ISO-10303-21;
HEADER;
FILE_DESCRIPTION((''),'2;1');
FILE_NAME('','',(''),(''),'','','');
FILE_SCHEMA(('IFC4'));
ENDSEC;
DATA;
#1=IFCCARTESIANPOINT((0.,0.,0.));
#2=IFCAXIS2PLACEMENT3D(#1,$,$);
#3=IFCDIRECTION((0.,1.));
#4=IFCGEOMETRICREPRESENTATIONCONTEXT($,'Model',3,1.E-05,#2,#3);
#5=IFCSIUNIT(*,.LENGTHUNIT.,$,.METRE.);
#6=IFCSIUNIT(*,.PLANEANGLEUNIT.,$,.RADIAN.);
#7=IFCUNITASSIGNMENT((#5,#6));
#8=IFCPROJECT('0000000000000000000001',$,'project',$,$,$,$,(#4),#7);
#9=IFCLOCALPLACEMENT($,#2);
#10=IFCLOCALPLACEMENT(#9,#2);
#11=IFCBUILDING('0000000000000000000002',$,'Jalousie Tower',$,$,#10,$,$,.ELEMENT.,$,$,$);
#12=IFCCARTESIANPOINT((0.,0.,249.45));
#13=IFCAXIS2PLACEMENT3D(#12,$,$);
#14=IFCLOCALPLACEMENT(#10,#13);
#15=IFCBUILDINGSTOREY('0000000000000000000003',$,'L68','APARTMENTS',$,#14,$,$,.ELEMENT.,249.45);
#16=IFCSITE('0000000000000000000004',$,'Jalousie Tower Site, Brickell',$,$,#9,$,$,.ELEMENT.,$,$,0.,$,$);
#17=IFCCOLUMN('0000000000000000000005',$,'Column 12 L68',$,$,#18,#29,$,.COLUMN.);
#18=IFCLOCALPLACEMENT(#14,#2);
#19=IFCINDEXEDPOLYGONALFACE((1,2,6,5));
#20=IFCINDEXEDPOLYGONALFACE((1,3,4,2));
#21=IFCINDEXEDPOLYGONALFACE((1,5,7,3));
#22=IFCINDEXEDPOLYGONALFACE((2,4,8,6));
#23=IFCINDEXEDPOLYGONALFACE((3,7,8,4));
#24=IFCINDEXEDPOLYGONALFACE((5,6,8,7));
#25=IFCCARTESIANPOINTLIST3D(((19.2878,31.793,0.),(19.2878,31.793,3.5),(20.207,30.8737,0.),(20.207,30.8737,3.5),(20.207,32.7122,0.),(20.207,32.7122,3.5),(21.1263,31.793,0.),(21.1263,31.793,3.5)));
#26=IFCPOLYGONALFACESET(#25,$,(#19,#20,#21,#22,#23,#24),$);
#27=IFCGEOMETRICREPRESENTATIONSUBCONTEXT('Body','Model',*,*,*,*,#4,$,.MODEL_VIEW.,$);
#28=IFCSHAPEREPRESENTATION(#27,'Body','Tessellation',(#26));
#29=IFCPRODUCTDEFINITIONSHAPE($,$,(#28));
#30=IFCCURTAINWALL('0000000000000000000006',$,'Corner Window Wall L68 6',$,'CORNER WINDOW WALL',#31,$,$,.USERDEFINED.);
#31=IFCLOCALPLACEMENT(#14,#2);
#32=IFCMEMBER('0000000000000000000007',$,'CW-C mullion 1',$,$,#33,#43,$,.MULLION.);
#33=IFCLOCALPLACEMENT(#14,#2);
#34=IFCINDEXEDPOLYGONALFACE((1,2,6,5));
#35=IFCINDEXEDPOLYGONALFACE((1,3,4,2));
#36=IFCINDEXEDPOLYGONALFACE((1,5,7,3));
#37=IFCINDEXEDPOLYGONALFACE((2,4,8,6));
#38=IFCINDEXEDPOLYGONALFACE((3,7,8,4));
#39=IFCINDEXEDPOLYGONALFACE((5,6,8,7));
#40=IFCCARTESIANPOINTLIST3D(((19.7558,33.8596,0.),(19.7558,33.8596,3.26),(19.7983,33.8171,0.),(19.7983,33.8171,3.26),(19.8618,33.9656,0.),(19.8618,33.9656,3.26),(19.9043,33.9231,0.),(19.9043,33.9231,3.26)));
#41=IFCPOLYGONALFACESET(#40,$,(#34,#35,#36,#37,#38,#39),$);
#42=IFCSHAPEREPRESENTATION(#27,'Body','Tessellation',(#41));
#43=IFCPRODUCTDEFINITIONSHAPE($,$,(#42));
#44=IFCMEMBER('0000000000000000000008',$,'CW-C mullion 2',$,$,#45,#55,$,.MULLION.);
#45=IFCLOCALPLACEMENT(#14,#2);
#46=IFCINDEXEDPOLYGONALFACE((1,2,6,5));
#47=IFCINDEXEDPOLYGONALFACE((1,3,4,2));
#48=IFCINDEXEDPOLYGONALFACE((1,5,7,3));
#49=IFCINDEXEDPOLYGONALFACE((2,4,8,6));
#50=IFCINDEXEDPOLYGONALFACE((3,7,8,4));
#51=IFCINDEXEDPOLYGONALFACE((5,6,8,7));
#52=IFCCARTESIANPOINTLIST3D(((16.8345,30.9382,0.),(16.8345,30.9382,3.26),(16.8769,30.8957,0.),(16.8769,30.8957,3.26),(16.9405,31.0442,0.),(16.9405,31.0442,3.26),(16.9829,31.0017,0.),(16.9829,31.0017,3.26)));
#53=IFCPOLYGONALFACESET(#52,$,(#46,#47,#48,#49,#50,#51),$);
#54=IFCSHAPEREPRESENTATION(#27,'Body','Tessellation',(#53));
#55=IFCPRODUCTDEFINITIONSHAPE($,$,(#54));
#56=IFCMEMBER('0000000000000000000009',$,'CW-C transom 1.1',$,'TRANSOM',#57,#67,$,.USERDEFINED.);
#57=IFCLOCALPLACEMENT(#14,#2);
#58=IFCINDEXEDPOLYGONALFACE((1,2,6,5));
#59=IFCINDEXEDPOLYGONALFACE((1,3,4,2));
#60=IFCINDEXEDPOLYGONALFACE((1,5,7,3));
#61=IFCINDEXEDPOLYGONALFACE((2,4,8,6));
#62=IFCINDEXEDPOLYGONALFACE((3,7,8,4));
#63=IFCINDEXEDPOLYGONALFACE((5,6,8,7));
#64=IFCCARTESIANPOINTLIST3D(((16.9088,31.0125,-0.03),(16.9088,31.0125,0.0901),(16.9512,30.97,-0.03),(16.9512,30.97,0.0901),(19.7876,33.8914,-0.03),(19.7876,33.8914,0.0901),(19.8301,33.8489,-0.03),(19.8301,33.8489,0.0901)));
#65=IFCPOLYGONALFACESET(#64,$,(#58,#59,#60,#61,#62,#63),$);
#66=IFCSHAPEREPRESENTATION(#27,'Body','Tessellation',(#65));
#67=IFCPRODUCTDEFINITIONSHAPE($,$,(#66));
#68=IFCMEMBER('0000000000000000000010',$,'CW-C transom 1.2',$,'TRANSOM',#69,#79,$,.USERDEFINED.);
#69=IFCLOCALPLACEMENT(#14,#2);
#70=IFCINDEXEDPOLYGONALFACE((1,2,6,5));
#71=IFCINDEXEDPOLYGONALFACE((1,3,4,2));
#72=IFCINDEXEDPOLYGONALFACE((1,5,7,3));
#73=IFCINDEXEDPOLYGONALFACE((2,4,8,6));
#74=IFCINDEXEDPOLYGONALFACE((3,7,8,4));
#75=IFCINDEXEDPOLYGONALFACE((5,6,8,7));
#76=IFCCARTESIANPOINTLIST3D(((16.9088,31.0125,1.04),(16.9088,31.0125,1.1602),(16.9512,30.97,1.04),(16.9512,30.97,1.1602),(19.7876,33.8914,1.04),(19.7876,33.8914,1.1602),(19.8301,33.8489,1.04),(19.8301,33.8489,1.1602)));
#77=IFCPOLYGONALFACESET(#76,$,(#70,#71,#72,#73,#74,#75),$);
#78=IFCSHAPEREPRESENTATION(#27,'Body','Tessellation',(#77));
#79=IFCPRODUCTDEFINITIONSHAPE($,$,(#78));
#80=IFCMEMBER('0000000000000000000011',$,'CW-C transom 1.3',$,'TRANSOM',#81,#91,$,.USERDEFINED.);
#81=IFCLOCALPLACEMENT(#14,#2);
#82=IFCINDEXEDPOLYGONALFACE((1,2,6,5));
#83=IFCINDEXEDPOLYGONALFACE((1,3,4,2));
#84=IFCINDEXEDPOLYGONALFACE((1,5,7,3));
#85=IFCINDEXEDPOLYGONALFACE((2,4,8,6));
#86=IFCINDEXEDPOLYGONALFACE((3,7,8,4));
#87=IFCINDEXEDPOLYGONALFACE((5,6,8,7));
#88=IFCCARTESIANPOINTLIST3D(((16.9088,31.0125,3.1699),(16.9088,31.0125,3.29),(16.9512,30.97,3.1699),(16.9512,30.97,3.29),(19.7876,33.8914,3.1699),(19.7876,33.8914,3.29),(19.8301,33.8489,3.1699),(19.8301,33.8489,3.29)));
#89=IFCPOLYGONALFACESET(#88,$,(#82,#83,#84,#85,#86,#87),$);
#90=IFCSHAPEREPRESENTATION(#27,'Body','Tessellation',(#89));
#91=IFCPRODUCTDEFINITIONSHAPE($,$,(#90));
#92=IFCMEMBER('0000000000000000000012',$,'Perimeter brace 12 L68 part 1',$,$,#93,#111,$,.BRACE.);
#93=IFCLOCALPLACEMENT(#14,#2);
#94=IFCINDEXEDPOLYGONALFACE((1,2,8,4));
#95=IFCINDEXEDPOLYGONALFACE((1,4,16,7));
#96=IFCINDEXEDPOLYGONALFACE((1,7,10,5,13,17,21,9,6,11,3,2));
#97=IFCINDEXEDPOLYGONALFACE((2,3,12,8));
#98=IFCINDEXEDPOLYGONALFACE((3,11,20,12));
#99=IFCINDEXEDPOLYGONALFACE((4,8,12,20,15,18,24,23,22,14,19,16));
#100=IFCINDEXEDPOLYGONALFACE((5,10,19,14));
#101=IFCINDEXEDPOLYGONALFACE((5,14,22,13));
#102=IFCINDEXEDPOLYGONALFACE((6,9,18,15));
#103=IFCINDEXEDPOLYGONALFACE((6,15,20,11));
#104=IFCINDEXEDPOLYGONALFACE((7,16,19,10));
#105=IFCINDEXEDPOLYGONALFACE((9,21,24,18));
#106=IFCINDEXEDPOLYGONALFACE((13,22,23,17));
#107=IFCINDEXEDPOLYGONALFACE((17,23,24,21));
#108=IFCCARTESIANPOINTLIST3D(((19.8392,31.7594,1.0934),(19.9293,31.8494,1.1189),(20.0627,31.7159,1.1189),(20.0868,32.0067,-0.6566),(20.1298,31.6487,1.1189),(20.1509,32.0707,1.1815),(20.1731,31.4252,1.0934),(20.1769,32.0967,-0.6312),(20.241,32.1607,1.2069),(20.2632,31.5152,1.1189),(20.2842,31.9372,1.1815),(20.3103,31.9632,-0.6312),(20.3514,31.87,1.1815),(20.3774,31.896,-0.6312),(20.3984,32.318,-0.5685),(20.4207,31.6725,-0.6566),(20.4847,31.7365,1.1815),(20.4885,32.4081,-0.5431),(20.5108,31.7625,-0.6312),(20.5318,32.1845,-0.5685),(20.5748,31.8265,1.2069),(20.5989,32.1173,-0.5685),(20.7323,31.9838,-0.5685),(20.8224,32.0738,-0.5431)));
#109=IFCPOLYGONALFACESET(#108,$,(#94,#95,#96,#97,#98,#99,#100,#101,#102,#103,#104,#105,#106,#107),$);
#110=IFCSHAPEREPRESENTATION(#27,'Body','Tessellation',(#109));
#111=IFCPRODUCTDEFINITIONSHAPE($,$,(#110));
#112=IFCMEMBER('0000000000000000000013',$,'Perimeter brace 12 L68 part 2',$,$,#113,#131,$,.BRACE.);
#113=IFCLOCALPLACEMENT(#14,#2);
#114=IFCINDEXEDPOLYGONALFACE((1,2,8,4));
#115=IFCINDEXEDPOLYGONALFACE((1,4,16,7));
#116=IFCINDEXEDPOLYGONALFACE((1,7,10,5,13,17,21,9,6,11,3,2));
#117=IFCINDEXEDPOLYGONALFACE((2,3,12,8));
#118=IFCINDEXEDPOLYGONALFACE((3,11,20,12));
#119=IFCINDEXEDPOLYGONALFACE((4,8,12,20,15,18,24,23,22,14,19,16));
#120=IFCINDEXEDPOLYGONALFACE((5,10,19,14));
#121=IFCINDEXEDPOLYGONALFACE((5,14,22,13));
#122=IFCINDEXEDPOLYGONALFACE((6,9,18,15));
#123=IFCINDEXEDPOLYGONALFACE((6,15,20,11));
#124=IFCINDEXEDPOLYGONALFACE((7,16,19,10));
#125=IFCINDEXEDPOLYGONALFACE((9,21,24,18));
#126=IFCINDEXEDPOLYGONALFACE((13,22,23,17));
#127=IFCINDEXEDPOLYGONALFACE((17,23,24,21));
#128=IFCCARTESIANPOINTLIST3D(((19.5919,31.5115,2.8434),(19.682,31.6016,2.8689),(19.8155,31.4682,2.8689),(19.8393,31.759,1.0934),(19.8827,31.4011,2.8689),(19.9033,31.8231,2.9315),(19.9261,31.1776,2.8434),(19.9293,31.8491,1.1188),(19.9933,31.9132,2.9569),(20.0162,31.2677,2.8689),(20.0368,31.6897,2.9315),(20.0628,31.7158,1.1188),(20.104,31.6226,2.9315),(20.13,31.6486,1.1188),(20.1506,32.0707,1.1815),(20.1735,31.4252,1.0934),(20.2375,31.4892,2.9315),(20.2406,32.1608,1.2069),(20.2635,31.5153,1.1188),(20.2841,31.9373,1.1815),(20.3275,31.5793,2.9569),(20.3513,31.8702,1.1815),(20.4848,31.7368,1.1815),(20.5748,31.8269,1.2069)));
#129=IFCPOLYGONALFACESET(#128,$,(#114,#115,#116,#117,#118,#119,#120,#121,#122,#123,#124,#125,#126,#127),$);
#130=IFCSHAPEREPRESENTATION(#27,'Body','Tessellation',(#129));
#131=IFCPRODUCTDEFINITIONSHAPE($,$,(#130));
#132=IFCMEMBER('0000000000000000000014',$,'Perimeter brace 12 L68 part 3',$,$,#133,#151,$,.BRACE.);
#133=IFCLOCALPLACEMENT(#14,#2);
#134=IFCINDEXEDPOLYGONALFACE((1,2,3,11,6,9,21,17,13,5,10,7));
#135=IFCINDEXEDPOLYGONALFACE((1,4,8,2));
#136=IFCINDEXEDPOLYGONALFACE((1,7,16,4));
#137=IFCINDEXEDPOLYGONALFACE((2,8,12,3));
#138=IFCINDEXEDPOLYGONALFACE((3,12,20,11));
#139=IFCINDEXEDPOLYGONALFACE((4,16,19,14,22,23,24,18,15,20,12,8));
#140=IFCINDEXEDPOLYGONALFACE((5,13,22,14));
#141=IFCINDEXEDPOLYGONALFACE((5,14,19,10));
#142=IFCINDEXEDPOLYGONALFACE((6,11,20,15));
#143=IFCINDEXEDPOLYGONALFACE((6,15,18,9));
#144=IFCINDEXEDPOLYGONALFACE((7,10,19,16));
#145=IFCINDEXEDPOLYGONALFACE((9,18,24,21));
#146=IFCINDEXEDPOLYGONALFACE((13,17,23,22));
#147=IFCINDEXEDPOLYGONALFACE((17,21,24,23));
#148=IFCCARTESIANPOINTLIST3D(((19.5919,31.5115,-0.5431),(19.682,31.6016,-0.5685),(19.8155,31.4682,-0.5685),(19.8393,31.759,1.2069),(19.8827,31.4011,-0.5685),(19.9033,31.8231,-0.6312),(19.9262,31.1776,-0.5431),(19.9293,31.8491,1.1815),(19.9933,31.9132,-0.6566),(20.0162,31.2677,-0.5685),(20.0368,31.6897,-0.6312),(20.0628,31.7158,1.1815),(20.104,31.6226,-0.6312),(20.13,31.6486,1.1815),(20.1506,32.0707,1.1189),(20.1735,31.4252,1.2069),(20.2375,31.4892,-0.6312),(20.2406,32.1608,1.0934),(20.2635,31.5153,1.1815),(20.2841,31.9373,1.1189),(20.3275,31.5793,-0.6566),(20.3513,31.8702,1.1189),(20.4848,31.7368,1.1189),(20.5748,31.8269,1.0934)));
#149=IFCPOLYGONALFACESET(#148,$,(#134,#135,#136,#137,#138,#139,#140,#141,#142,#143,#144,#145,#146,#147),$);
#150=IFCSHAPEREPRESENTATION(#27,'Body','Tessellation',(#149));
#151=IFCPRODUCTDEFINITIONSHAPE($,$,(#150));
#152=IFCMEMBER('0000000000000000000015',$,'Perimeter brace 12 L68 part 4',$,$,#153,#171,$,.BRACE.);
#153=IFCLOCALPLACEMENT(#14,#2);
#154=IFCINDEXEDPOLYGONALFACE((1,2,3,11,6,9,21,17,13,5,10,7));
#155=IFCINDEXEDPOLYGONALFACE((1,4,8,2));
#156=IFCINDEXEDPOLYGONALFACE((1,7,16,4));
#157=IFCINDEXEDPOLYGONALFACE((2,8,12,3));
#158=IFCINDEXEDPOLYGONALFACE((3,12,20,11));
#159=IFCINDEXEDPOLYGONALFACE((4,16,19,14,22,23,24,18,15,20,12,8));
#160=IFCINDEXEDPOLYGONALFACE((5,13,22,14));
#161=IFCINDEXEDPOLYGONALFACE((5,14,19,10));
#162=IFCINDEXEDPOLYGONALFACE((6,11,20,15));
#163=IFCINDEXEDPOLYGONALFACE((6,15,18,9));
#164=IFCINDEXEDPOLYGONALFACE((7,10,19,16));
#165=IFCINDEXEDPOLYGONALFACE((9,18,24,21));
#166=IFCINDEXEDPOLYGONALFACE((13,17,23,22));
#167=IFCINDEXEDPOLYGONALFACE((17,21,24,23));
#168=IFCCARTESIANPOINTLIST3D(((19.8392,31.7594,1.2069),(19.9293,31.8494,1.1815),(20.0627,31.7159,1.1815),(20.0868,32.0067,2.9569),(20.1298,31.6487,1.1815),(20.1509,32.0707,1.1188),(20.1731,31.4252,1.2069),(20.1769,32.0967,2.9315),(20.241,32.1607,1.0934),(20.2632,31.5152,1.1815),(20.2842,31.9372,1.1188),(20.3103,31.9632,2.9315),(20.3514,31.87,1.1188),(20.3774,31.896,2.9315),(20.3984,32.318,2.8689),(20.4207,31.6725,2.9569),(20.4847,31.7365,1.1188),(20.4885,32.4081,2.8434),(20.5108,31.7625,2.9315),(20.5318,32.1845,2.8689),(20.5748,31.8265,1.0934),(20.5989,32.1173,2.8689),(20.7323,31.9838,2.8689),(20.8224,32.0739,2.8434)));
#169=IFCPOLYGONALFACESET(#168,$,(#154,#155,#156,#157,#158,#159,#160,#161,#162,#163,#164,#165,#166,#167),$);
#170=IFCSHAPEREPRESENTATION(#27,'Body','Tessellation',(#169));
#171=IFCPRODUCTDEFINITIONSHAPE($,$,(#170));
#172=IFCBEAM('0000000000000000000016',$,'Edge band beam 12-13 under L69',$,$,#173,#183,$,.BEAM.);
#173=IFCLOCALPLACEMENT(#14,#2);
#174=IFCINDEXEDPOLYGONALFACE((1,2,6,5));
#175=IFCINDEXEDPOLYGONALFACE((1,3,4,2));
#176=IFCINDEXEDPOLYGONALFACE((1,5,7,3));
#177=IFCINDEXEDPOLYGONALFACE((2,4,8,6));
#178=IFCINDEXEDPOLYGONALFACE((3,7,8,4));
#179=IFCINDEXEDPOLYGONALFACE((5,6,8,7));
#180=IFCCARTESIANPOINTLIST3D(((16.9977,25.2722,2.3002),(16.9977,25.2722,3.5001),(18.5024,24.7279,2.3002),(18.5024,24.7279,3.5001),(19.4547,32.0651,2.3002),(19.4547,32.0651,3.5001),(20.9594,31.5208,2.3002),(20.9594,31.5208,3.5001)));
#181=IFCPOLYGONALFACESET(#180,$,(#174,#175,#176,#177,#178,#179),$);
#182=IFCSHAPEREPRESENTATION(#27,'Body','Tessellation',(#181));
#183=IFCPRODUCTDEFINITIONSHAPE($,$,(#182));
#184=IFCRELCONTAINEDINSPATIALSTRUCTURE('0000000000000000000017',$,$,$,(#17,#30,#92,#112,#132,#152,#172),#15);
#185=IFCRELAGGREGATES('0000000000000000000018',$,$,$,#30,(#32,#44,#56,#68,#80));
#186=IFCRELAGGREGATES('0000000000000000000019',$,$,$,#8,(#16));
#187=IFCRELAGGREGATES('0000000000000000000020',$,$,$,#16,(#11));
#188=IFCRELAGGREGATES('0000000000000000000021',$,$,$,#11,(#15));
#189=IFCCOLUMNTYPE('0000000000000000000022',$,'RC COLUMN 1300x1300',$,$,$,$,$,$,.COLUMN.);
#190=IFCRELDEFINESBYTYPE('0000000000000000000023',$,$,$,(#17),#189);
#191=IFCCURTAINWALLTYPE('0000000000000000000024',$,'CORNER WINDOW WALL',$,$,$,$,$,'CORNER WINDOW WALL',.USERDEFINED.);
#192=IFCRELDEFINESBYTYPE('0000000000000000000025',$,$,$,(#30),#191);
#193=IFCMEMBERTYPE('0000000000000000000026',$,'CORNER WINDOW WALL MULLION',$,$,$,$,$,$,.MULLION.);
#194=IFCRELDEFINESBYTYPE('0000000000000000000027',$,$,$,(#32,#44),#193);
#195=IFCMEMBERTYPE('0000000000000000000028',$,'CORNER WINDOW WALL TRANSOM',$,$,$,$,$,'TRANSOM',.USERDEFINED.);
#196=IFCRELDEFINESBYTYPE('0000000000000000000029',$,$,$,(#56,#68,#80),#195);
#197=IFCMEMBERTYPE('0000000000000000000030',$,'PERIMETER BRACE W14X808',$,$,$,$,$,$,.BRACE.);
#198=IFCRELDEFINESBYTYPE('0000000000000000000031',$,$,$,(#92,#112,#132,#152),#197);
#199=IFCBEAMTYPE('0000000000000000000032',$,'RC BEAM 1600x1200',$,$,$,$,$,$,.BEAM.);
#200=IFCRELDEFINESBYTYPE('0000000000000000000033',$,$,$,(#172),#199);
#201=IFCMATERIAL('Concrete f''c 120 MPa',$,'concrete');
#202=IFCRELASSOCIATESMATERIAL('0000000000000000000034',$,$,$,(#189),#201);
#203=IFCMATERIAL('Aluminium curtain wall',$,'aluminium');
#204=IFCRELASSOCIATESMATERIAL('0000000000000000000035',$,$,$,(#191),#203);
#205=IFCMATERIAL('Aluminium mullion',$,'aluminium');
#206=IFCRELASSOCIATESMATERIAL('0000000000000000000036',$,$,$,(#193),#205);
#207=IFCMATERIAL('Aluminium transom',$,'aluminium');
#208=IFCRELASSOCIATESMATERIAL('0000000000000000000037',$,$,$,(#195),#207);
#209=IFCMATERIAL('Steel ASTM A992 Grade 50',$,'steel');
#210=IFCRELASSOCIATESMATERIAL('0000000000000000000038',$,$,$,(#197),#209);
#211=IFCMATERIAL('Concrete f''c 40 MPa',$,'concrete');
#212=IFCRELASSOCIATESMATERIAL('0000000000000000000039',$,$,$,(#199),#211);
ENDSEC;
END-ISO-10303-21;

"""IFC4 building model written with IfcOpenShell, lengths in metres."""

from ifc_helpers import new_model, si_unit, direction, frame, origin, origin_2d, place, context, subcontext, project, spatial, rectangle, i_section, extrude, material, material_profile, profile_set, type_object, element, aggregate, save


model = new_model("IFC4")

# Units and contexts
model_context = context("Model", 3, precision=1e-05, world=origin(), true_north=direction((0.0, 1.0)))
body_context = subcontext(model_context, "Body", "Model", "MODEL_VIEW")
ifc_project = project(units=[si_unit("LENGTHUNIT", "METRE"), si_unit("PLANEANGLEUNIT", "RADIAN")], contexts=[model_context])

# Site, building, storey
site_placement = place(None, origin())
site = spatial("IfcSite", under=ifc_project, at=site_placement, Name="Jalousie Tower Site, Brickell", CompositionType="ELEMENT", RefElevation=0.0)
building_placement = place(site_placement, origin())
building = spatial("IfcBuilding", under=site, at=building_placement, Name="Jalousie Tower", CompositionType="ELEMENT")
storey_placement = place(building_placement, frame((0.0, 0.0, 249.45)))
storey = spatial("IfcBuildingStorey", under=building, at=storey_placement, Name="L68", Description="APARTMENTS", CompositionType="ELEMENT", Elevation=249.45)

# Column
ifc_material_1 = material(Name="Concrete f'c 120 MPa", Category="concrete")
ifc_material_profile_1 = material_profile(ifc_material_1, rectangle(XDim=1.3, YDim=1.3, at=origin_2d()), Name="RC 1300x1300")
ifc_profile_set_1 = profile_set([ifc_material_profile_1], Name="Concrete f'c 120 MPa")
column_type = type_object("IfcColumnType", Name="RC COLUMN 1300x1300", PredefinedType="COLUMN", material=ifc_profile_set_1)
column_placement = place(storey_placement, frame((20.207, 31.793, 0.0), z_axis=(0.0, 0.0, 1.0), x_axis=(0.707107, 0.707107, 0.0)))
element("IfcColumn", 1, at=column_placement, inside=storey, type_object=column_type, Name="Column 12 L68", PredefinedType="COLUMN", context=body_context, shape_type="SweptSolid", body=[
    extrude(rectangle(XDim=1.3, YDim=1.3, at=origin_2d()), origin(), (0.0, 0.0, 1.0), 3.5),
])

# Curtain wall, members
ifc_material_2 = material(Name="Aluminium curtain wall", Category="aluminium")
curtain_wall_type_1 = type_object("IfcCurtainWallType", Name="CORNER WINDOW WALL", ElementType="CORNER WINDOW WALL", PredefinedType="USERDEFINED", material=ifc_material_2)
curtain_wall_1_placement = place(storey_placement, origin())
curtain_wall_1 = element("IfcCurtainWall", 2, at=curtain_wall_1_placement, inside=storey, type_object=curtain_wall_type_1, Name="Corner Window Wall L68 6", ObjectType="CORNER WINDOW WALL", PredefinedType="USERDEFINED")
ifc_material_3 = material(Name="Aluminium mullion", Category="aluminium")
ifc_material_profile_2 = material_profile(ifc_material_3, rectangle(XDim=0.0601, YDim=0.1499, at=origin_2d()), Name="MULLION 60x150")
ifc_profile_set_2 = profile_set([ifc_material_profile_2], Name="Aluminium mullion")
member_type_1 = type_object("IfcMemberType", Name="CORNER WINDOW WALL MULLION", PredefinedType="MULLION", material=ifc_profile_set_2)
member_1_placement = place(storey_placement, frame((19.8301, 33.8914, 0.0), z_axis=(0.0, 0.0, 1.0), x_axis=(0.707107, -0.707107, 0.0)))
member_1 = element("IfcMember", 3, at=member_1_placement, type_object=member_type_1, Name="CW-C mullion 1", PredefinedType="MULLION", context=body_context, shape_type="SweptSolid", body=[
    extrude(rectangle(XDim=0.0601, YDim=0.1499, at=origin_2d()), origin(), (0.0, 0.0, 1.0), 3.26),
])
member_2_placement = place(storey_placement, frame((16.9087, 30.97, 0.0), z_axis=(0.0, 0.0, 1.0), x_axis=(0.707107, -0.707107, 0.0)))
member_2 = element("IfcMember", 4, at=member_2_placement, type_object=member_type_1, Name="CW-C mullion 2", PredefinedType="MULLION", context=body_context, shape_type="SweptSolid", body=[
    extrude(rectangle(XDim=0.0601, YDim=0.1499, at=origin_2d()), origin(), (0.0, 0.0, 1.0), 3.26),
])
ifc_material_4 = material(Name="Aluminium transom", Category="aluminium")
ifc_material_profile_3 = material_profile(ifc_material_4, rectangle(XDim=0.0601, YDim=0.1201, at=origin_2d()), Name="TRANSOM 60x120")
ifc_profile_set_3 = profile_set([ifc_material_profile_3], Name="Aluminium transom")
member_type_2 = type_object("IfcMemberType", Name="CORNER WINDOW WALL TRANSOM", ElementType="TRANSOM", PredefinedType="USERDEFINED", material=ifc_profile_set_3)
member_3_placement = place(storey_placement, frame((19.8088, 33.8701, 0.03), z_axis=(-0.707107, -0.707107, 0.0), x_axis=(0.707107, -0.707107, 0.0)))
member_3 = element("IfcMember", 5, at=member_3_placement, type_object=member_type_2, Name="CW-C transom 1.1", ObjectType="TRANSOM", PredefinedType="USERDEFINED", context=body_context, shape_type="SweptSolid", body=[
    extrude(rectangle(XDim=0.0601, YDim=0.1201, at=origin_2d()), origin(), (0.0, 0.0, 1.0), 4.0713),
])
member_4_placement = place(storey_placement, frame((19.8088, 33.8701, 1.1001), z_axis=(-0.707107, -0.707107, 0.0), x_axis=(0.707107, -0.707107, 0.0)))
member_4 = element("IfcMember", 6, at=member_4_placement, type_object=member_type_2, Name="CW-C transom 1.2", ObjectType="TRANSOM", PredefinedType="USERDEFINED", context=body_context, shape_type="SweptSolid", body=[
    extrude(rectangle(XDim=0.0601, YDim=0.1201, at=origin_2d()), origin(), (0.0, 0.0, 1.0), 4.0713),
])
member_5_placement = place(storey_placement, frame((19.8088, 33.8701, 3.23), z_axis=(-0.707107, -0.707107, 0.0), x_axis=(0.707107, -0.707107, 0.0)))
member_5 = element("IfcMember", 7, at=member_5_placement, type_object=member_type_2, Name="CW-C transom 1.3", ObjectType="TRANSOM", PredefinedType="USERDEFINED", context=body_context, shape_type="SweptSolid", body=[
    extrude(rectangle(XDim=0.0601, YDim=0.1201, at=origin_2d()), origin(), (0.0, 0.0, 1.0), 4.0713),
])

# Members
ifc_material_5 = material(Name="Steel ASTM A992 Grade 50", Category="steel")
ifc_material_profile_4 = material_profile(ifc_material_5, i_section(OverallWidth=0.4724, OverallDepth=0.5791, WebThickness=0.095, FlangeThickness=0.1299, at=origin_2d()), Name="W14X808")
ifc_profile_set_4 = profile_set([ifc_material_profile_4], Name="Steel ASTM A992 Grade 50")
member_type_3 = type_object("IfcMemberType", Name="PERIMETER BRACE W14X808", PredefinedType="BRACE", material=ifc_profile_set_4)
for number, where, z_axis, x_axis, name in (
    (8, (20.4546, 32.0403, -0.5999), (-0.138716, -0.138579, 0.980588), (0.706758, -0.707456, 0.0), "Perimeter brace 12 L68 part 1"),
    (9, (20.207, 31.793, 1.1501), (-0.138579, -0.138716, 0.980588), (0.707456, -0.706758, 0.0), "Perimeter brace 12 L68 part 2"),
    (10, (19.9597, 31.5454, -0.5999), (0.138579, 0.138716, 0.980588), (-0.707456, 0.706758, 0.0), "Perimeter brace 12 L68 part 3"),
    (11, (20.207, 31.793, 1.1501), (0.138716, 0.138579, 0.980588), (-0.706758, 0.707456, 0.0), "Perimeter brace 12 L68 part 4"),
):
    element("IfcMember", number, at=place(storey_placement, frame(where, z_axis=z_axis, x_axis=x_axis)), inside=storey, type_object=member_type_3, Name=name, PredefinedType="BRACE", context=body_context, shape_type="SweptSolid", body=[
        extrude(i_section(OverallWidth=0.4724, OverallDepth=0.5791, WebThickness=0.095, FlangeThickness=0.1299, at=origin_2d()), origin(), (0.0, 0.0, 1.0), 1.7847),
    ])

# Beam
ifc_material_6 = material(Name="Concrete f'c 40 MPa", Category="concrete")
ifc_material_profile_5 = material_profile(ifc_material_6, rectangle(XDim=1.6001, YDim=1.2, at=origin_2d()), Name="RC 1600x1200")
ifc_profile_set_5 = profile_set([ifc_material_profile_5], Name="Concrete f'c 40 MPa")
beam_type = type_object("IfcBeamType", Name="RC BEAM 1600x1200", PredefinedType="BEAM", material=ifc_profile_set_5)
beam_placement = place(storey_placement, frame((20.207, 31.793, 2.9001), z_axis=(-0.340136, -0.940376, 0.0), x_axis=(0.940376, -0.340136, 0.0)))
element("IfcBeam", 12, at=beam_placement, inside=storey, type_object=beam_type, Name="Edge band beam 12-13 under L69", PredefinedType="BEAM", context=body_context, shape_type="SweptSolid", body=[
    extrude(rectangle(XDim=1.6001, YDim=1.2, at=origin_2d()), origin(), (0.0, 0.0, 1.0), 7.2236),
])

aggregate(curtain_wall_1, [member_1, member_2, member_3, member_4, member_5])

save(model, "model.ifc")
